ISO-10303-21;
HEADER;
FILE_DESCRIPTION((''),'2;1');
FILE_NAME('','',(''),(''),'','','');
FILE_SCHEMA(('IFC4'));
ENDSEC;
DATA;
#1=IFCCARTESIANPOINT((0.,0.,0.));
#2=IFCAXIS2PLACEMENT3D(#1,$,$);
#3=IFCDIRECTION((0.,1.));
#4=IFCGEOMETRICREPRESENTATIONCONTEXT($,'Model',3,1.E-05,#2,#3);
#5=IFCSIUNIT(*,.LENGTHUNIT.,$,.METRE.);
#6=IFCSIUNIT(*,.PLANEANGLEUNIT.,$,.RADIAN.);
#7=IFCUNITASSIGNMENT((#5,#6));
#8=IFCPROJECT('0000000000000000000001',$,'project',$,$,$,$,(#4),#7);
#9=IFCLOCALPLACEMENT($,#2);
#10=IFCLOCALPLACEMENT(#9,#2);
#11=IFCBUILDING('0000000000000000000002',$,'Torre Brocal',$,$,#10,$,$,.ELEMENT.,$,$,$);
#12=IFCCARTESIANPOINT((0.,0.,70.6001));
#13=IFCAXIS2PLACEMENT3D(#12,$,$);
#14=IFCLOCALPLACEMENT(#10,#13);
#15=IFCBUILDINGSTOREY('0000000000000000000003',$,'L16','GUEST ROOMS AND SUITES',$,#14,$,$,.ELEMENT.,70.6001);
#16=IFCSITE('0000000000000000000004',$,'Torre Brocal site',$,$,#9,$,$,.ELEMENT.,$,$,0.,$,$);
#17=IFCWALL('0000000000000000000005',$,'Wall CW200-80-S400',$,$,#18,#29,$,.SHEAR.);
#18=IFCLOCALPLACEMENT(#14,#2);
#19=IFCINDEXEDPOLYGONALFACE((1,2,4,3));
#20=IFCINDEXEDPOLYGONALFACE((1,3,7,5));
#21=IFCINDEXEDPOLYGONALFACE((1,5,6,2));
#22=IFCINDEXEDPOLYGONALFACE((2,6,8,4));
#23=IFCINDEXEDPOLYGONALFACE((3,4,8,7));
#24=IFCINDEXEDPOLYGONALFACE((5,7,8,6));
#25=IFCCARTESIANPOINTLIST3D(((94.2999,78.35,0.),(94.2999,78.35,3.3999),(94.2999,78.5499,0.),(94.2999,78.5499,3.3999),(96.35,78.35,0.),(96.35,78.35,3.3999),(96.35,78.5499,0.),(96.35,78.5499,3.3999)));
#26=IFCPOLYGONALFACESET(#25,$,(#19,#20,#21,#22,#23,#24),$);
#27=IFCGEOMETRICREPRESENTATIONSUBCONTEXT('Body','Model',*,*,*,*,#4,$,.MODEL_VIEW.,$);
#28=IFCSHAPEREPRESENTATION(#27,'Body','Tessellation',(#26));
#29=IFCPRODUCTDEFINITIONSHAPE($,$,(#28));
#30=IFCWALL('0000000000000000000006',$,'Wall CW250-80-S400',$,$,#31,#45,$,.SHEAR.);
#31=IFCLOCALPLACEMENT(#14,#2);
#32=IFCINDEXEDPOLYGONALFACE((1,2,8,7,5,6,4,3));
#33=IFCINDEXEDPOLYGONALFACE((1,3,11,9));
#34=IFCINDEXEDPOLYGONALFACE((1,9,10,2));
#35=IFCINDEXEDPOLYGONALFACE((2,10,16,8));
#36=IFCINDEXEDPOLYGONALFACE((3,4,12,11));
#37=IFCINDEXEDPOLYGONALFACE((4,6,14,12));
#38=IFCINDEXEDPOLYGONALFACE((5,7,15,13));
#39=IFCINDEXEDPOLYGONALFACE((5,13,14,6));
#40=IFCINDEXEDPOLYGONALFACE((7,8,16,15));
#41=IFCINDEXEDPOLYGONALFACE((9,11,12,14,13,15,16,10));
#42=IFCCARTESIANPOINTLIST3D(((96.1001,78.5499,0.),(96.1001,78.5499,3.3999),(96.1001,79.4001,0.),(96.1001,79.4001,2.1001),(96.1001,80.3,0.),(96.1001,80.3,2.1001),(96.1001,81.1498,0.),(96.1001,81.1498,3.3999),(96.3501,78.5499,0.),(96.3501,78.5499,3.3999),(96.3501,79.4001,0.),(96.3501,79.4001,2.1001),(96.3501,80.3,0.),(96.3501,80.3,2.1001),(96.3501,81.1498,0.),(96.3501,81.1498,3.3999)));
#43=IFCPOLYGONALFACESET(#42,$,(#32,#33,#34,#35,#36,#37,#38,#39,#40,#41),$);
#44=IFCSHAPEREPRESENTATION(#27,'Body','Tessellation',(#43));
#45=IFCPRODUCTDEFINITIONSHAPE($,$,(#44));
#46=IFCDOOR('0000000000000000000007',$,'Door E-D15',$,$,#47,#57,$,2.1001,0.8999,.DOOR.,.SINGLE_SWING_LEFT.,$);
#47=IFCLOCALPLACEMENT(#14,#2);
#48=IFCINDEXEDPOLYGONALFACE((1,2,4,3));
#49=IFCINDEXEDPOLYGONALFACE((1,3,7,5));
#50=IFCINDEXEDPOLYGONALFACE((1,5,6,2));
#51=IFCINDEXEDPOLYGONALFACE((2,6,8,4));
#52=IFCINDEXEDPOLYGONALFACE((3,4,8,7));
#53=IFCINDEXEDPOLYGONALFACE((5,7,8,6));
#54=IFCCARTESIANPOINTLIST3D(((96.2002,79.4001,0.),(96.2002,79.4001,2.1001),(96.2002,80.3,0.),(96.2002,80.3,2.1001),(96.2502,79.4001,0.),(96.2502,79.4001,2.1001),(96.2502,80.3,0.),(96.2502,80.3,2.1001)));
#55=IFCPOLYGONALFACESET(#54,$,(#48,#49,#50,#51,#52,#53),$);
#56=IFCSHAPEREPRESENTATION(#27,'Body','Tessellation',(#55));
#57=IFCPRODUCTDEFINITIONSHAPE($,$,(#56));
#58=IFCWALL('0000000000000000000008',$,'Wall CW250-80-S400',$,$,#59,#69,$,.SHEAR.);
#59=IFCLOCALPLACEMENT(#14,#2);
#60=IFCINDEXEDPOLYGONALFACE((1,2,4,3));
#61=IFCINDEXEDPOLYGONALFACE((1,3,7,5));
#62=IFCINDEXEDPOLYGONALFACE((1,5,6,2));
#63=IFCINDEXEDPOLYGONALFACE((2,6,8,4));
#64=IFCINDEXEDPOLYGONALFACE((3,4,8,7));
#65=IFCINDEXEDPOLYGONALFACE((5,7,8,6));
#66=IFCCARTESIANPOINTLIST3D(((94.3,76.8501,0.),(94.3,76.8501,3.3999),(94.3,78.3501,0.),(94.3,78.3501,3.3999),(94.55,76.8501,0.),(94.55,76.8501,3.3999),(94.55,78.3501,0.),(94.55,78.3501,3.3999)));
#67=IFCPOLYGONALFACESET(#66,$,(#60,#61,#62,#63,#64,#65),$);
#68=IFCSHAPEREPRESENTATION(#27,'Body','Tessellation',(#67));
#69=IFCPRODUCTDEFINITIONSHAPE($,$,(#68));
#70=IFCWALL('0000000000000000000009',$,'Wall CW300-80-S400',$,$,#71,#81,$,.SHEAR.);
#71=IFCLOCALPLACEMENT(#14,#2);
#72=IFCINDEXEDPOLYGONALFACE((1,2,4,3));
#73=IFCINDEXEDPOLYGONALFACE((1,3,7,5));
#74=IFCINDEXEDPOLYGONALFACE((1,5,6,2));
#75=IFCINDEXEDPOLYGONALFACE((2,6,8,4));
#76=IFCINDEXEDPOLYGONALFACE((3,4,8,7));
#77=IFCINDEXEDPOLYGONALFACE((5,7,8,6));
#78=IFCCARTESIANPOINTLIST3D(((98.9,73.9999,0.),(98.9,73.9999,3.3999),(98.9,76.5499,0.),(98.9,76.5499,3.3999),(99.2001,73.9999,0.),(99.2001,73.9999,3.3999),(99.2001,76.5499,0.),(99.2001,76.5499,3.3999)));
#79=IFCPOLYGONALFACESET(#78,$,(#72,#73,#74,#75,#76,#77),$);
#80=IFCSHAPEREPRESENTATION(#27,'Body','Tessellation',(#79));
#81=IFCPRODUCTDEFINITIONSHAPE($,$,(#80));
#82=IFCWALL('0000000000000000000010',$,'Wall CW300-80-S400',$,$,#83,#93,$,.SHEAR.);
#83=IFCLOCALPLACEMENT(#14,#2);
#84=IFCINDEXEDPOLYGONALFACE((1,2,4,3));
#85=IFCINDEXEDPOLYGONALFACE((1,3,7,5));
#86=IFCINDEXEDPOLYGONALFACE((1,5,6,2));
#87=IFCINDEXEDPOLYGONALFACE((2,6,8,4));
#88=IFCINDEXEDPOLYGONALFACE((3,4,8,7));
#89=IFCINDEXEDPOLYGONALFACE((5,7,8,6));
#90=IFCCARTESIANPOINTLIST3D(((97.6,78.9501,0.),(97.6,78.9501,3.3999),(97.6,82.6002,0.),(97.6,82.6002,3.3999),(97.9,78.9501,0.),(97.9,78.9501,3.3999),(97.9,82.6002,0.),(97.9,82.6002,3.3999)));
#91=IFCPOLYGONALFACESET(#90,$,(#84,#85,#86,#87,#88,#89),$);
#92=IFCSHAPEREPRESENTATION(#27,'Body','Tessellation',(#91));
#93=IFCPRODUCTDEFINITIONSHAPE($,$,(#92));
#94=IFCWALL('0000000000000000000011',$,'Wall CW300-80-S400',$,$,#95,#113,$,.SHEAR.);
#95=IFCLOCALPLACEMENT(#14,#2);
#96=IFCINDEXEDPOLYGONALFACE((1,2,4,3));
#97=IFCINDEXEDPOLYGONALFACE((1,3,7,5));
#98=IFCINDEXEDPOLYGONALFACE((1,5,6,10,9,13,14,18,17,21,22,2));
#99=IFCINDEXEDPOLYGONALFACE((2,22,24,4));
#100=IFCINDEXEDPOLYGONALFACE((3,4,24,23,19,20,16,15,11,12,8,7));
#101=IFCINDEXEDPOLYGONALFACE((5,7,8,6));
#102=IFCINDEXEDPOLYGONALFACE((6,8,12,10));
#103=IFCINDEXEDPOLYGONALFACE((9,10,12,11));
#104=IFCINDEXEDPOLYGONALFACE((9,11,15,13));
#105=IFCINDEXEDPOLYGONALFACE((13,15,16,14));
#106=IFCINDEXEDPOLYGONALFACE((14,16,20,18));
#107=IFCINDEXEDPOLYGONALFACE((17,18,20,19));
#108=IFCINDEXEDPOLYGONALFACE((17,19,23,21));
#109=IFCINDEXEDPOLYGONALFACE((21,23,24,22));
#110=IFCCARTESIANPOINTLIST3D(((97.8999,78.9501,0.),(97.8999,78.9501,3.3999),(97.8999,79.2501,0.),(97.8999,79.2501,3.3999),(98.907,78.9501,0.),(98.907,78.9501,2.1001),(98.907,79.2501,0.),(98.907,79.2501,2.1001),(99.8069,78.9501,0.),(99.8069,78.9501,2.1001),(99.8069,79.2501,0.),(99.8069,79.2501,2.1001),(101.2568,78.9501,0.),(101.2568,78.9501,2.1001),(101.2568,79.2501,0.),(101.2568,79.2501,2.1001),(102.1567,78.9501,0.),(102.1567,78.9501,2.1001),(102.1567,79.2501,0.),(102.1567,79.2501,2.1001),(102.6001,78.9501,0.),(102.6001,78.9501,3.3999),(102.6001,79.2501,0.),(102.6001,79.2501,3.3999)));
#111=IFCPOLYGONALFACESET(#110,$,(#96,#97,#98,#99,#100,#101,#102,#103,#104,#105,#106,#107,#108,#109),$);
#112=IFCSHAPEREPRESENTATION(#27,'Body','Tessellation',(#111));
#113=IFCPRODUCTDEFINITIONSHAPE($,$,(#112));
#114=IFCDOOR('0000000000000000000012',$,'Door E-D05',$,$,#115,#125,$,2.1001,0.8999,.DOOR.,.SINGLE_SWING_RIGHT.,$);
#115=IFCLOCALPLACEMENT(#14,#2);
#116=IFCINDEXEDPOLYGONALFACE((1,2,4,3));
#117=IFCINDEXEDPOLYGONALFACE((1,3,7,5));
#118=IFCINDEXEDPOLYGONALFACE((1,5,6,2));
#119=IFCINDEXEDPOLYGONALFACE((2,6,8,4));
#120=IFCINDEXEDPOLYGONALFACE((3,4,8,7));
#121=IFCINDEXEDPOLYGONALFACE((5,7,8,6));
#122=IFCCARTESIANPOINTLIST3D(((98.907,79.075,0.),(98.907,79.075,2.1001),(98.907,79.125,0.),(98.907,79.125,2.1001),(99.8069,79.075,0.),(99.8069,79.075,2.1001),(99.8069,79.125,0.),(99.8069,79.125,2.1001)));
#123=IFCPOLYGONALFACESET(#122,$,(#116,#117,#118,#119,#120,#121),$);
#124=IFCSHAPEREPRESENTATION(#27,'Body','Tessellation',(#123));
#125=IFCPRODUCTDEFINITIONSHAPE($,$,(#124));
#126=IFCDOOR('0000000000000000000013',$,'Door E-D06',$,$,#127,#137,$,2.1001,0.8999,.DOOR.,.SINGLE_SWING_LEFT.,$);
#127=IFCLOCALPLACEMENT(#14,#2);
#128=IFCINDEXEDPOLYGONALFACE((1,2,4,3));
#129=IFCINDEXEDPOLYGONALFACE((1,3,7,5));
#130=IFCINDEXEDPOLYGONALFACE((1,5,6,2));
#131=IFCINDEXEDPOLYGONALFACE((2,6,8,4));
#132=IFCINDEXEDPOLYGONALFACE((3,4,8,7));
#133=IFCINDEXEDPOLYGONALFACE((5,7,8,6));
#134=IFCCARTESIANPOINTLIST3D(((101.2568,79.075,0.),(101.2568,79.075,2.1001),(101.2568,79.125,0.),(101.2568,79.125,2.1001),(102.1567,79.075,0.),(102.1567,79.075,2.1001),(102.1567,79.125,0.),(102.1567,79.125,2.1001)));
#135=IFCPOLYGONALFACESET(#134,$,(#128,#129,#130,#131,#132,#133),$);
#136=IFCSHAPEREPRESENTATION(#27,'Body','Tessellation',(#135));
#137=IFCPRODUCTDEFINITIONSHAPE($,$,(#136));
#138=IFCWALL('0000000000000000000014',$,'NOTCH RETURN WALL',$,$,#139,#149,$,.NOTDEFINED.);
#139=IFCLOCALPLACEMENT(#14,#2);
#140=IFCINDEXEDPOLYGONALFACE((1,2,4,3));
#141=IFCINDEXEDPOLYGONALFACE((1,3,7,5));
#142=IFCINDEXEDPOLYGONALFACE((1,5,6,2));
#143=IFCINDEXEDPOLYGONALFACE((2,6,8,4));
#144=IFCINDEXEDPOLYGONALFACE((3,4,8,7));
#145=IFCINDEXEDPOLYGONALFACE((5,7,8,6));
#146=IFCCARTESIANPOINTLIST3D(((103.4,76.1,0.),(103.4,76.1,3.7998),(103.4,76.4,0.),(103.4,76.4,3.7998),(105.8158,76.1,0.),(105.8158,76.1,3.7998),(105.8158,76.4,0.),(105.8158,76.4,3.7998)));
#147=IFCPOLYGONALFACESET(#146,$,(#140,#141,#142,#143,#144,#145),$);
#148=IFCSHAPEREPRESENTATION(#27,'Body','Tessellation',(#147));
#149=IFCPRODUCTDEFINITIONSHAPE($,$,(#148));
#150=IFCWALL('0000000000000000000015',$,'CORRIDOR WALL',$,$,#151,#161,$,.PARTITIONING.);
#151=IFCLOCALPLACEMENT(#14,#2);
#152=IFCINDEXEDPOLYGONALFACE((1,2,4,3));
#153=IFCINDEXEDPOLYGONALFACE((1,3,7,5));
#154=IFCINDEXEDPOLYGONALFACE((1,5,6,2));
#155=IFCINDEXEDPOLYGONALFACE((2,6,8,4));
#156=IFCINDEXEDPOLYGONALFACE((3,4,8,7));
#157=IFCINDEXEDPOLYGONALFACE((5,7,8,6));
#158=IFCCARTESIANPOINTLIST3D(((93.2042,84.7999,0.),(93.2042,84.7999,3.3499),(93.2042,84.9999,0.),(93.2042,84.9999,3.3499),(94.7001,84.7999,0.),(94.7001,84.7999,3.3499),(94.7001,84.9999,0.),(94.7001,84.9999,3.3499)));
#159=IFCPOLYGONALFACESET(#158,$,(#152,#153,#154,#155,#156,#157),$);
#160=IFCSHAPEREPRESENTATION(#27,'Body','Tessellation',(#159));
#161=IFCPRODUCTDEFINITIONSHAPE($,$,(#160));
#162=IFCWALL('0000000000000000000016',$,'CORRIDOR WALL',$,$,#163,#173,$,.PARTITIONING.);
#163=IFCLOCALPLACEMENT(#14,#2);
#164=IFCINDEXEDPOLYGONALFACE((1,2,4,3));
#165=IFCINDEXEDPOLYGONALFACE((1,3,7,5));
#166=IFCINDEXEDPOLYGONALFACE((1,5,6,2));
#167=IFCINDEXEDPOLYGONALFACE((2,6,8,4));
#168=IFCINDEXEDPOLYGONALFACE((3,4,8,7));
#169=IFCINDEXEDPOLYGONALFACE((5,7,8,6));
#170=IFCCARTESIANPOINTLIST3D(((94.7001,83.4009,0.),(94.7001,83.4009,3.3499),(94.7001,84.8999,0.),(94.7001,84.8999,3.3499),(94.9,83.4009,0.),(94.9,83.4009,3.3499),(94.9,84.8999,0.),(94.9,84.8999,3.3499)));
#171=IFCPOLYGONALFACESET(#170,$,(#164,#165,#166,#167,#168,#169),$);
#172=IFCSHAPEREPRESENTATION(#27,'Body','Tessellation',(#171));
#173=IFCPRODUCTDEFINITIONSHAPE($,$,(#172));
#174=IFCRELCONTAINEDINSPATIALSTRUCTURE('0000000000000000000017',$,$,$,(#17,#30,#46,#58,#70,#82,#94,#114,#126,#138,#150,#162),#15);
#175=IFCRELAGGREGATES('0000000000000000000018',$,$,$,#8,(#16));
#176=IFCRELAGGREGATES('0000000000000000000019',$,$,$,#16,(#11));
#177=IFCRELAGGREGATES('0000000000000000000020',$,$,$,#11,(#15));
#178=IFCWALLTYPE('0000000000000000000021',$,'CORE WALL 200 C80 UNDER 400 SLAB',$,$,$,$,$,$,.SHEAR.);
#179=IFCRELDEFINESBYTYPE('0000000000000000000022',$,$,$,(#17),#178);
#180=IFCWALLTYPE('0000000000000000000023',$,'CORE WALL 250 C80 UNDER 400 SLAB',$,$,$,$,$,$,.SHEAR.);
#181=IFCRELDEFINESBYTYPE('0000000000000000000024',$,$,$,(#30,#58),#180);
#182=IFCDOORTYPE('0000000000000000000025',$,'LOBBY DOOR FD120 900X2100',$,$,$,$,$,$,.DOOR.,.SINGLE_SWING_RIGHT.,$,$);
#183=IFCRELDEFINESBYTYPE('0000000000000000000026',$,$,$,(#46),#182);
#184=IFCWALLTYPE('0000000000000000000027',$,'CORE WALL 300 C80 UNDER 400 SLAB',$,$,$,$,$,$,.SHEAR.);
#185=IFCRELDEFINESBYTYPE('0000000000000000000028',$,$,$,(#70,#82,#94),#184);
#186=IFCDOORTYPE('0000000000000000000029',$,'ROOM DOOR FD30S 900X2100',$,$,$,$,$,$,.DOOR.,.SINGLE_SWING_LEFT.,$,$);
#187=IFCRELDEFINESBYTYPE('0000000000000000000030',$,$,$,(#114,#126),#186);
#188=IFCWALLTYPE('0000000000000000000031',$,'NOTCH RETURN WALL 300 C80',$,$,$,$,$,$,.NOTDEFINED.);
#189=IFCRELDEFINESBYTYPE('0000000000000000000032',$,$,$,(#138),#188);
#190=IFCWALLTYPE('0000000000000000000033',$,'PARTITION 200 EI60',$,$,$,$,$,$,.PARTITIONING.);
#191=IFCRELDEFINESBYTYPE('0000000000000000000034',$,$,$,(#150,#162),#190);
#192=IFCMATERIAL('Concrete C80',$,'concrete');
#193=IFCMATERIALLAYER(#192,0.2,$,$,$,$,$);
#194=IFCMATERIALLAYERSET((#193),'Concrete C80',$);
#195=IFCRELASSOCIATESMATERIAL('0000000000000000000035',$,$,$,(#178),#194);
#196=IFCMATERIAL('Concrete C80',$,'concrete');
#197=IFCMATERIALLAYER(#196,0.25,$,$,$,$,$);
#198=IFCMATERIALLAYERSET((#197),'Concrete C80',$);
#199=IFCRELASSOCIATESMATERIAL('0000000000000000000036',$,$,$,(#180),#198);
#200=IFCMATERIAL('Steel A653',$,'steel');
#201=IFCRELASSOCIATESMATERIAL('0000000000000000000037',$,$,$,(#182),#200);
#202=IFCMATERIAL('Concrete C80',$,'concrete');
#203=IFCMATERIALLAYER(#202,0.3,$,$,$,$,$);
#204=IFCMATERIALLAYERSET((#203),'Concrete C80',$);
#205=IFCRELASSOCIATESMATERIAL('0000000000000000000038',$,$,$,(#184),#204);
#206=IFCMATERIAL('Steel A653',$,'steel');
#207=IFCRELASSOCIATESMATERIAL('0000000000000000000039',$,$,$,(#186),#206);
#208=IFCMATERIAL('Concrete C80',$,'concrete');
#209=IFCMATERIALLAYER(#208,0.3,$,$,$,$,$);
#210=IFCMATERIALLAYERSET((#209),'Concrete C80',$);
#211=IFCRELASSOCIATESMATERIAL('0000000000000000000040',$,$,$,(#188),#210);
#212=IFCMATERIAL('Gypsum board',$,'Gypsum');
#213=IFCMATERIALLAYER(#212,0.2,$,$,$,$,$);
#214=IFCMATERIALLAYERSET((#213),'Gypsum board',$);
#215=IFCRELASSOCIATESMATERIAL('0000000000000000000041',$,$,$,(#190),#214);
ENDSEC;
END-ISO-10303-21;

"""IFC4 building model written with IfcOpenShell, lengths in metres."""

from ifc_helpers import new_model, si_unit, direction, frame, frame_2d, origin, place, context, subcontext, project, spatial, rectangle, extrude, material, layer, layer_set, type_object, element, fill, save


model = new_model("IFC4")

# Units and contexts
model_context = context("Model", 3, precision=1e-05, world=origin(), true_north=direction((0.0, 1.0)))
body_context = subcontext(model_context, "Body", "Model", "MODEL_VIEW")
ifc_project = project(units=[si_unit("LENGTHUNIT", "METRE"), si_unit("PLANEANGLEUNIT", "RADIAN")], contexts=[model_context])

# Site, building, storey
site_placement = place(None, origin())
site = spatial("IfcSite", under=ifc_project, at=site_placement, Name="Torre Brocal site", CompositionType="ELEMENT", RefElevation=0.0)
building_placement = place(site_placement, origin())
building = spatial("IfcBuilding", under=site, at=building_placement, Name="Torre Brocal", CompositionType="ELEMENT")
storey_placement = place(building_placement, frame((0.0, 0.0, 70.6001)))
storey = spatial("IfcBuildingStorey", under=building, at=storey_placement, Name="L16", Description="GUEST ROOMS AND SUITES", CompositionType="ELEMENT", Elevation=70.6001)

# Wall
ifc_material_1 = material(Name="Concrete C80", Category="concrete")
ifc_layer_1 = layer(ifc_material_1, 0.2)
ifc_layer_set_1 = layer_set([ifc_layer_1], Name="Concrete C80")
wall_type_1 = type_object("IfcWallType", Name="CORE WALL 200 C80 UNDER 400 SLAB", PredefinedType="SHEAR", material=ifc_layer_set_1)
wall_1_placement = place(storey_placement, frame((94.3, 78.45, 0.0), z_axis=(0.0, 0.0, 1.0), x_axis=(1.0, 0.0, 0.0)))
element("IfcWall", 1, at=wall_1_placement, inside=storey, type_object=wall_type_1, Name="Wall CW200-80-S400", PredefinedType="SHEAR", context=body_context, shape_type="SweptSolid", body=[
    extrude(rectangle(XDim=2.05, YDim=0.2, at=frame_2d((1.0249, 0.0))), origin(), (0.0, 0.0, 1.0), 3.3999),
])

# Wall, opening, door
ifc_material_2 = material(Name="Concrete C80", Category="concrete")
ifc_layer_2 = layer(ifc_material_2, 0.25)
ifc_layer_set_2 = layer_set([ifc_layer_2], Name="Concrete C80")
wall_type_2 = type_object("IfcWallType", Name="CORE WALL 250 C80 UNDER 400 SLAB", PredefinedType="SHEAR", material=ifc_layer_set_2)
wall_2_placement = place(storey_placement, frame((96.2251, 78.55, 0.0), z_axis=(0.0, 0.0, 1.0), x_axis=(0.0, 1.0, 0.0)))
wall_2 = element("IfcWall", 2, at=wall_2_placement, inside=storey, type_object=wall_type_2, Name="Wall CW250-80-S400", PredefinedType="SHEAR", context=body_context, shape_type="SweptSolid", body=[
    extrude(rectangle(XDim=2.5999, YDim=0.25, at=frame_2d((1.2998, 0.0))), origin(), (0.0, 0.0, 1.0), 3.3999),
])
opening_1_placement = place(wall_2_placement, frame((0.8501, 0.0, 0.0)))
opening_1 = element("IfcOpeningElement", 3, at=opening_1_placement, cuts=wall_2, PredefinedType="OPENING", context=body_context, shape_type="SweptSolid", body=[
    extrude(rectangle(XDim=0.8999, YDim=2.1001, at=frame_2d((0.45, 1.05))), frame((0.0, 0.135, 0.0), z_axis=(0.0, -1.0, 0.0), x_axis=(1.0, 0.0, 0.0)), (0.0, 0.0, 1.0), 0.27),
])
ifc_material_3 = material(Name="Steel A653", Category="steel")
door_type_1 = type_object("IfcDoorType", Name="LOBBY DOOR FD120 900X2100", OperationType="SINGLE_SWING_RIGHT", PredefinedType="DOOR", material=ifc_material_3)
door_1_placement = place(opening_1_placement, origin())
door_1 = element("IfcDoor", 4, at=door_1_placement, inside=storey, type_object=door_type_1, Name="Door E-D15", OperationType="SINGLE_SWING_LEFT", OverallHeight=2.1001, OverallWidth=0.8999, PredefinedType="DOOR", context=body_context, shape_type="SweptSolid", body=[
    extrude(rectangle(XDim=0.8999, YDim=2.1001, at=frame_2d((0.45, 1.05))), frame((0.0, 0.0249, 0.0), z_axis=(0.0, -1.0, 0.0), x_axis=(1.0, 0.0, 0.0)), (0.0, 0.0, 1.0), 0.05),
])
fill(opening_1, door_1)

# Walls
wall_3_placement = place(storey_placement, frame((94.425, 76.8501, 0.0), z_axis=(0.0, 0.0, 1.0), x_axis=(0.0, 1.0, 0.0)))
element("IfcWall", 5, at=wall_3_placement, inside=storey, type_object=wall_type_2, Name="Wall CW250-80-S400", PredefinedType="SHEAR", context=body_context, shape_type="SweptSolid", body=[
    extrude(rectangle(XDim=1.5, YDim=0.25, at=frame_2d((0.75, 0.0))), origin(), (0.0, 0.0, 1.0), 3.3999),
])
ifc_material_4 = material(Name="Concrete C80", Category="concrete")
ifc_layer_3 = layer(ifc_material_4, 0.3)
ifc_layer_set_3 = layer_set([ifc_layer_3], Name="Concrete C80")
wall_type_3 = type_object("IfcWallType", Name="CORE WALL 300 C80 UNDER 400 SLAB", PredefinedType="SHEAR", material=ifc_layer_set_3)
wall_4_placement = place(storey_placement, frame((99.05, 74.0, 0.0), z_axis=(0.0, 0.0, 1.0), x_axis=(0.0, 1.0, 0.0)))
element("IfcWall", 6, at=wall_4_placement, inside=storey, type_object=wall_type_3, Name="Wall CW300-80-S400", PredefinedType="SHEAR", context=body_context, shape_type="SweptSolid", body=[
    extrude(rectangle(XDim=2.55, YDim=0.3, at=frame_2d((1.2749, 0.0))), origin(), (0.0, 0.0, 1.0), 3.3999),
])
wall_5_placement = place(storey_placement, frame((97.75, 78.95, 0.0), z_axis=(0.0, 0.0, 1.0), x_axis=(0.0, 1.0, 0.0)))
element("IfcWall", 7, at=wall_5_placement, inside=storey, type_object=wall_type_3, Name="Wall CW300-80-S400", PredefinedType="SHEAR", context=body_context, shape_type="SweptSolid", body=[
    extrude(rectangle(XDim=3.6501, YDim=0.3, at=frame_2d((1.8252, 0.0))), origin(), (0.0, 0.0, 1.0), 3.3999),
])

# Wall, openings, doors
wall_6_placement = place(storey_placement, frame((97.8999, 79.1001, 0.0), z_axis=(0.0, 0.0, 1.0), x_axis=(1.0, 0.0, 0.0)))
wall_6 = element("IfcWall", 8, at=wall_6_placement, inside=storey, type_object=wall_type_3, Name="Wall CW300-80-S400", PredefinedType="SHEAR", context=body_context, shape_type="SweptSolid", body=[
    extrude(rectangle(XDim=4.7002, YDim=0.3, at=frame_2d((2.3501, 0.0))), origin(), (0.0, 0.0, 1.0), 3.3999),
])
opening_2_placement = place(wall_6_placement, frame((1.0071, 0.0, 0.0)))
opening_2 = element("IfcOpeningElement", 9, at=opening_2_placement, cuts=wall_6, PredefinedType="OPENING", context=body_context, shape_type="SweptSolid", body=[
    extrude(rectangle(XDim=0.8999, YDim=2.1001, at=frame_2d((0.45, 1.05))), frame((0.0, 0.1599, 0.0), z_axis=(0.0, -1.0, 0.0), x_axis=(1.0, 0.0, 0.0)), (0.0, 0.0, 1.0), 0.3201),
])
opening_3_placement = place(wall_6_placement, frame((3.3569, 0.0, 0.0)))
opening_3 = element("IfcOpeningElement", 10, at=opening_3_placement, cuts=wall_6, PredefinedType="OPENING", context=body_context, shape_type="SweptSolid", body=[
    extrude(rectangle(XDim=0.8999, YDim=2.1001, at=frame_2d((0.45, 1.05))), frame((0.0, 0.1599, 0.0), z_axis=(0.0, -1.0, 0.0), x_axis=(1.0, 0.0, 0.0)), (0.0, 0.0, 1.0), 0.3201),
])
ifc_material_5 = material(Name="Steel A653", Category="steel")
door_type_2 = type_object("IfcDoorType", Name="ROOM DOOR FD30S 900X2100", OperationType="SINGLE_SWING_LEFT", PredefinedType="DOOR", material=ifc_material_5)
door_2_placement = place(opening_2_placement, origin())
door_2 = element("IfcDoor", 11, at=door_2_placement, inside=storey, type_object=door_type_2, Name="Door E-D05", OperationType="SINGLE_SWING_RIGHT", OverallHeight=2.1001, OverallWidth=0.8999, PredefinedType="DOOR", context=body_context, shape_type="SweptSolid", body=[
    extrude(rectangle(XDim=0.8999, YDim=2.1001, at=frame_2d((0.45, 1.05))), frame((0.0, 0.0249, 0.0), z_axis=(0.0, -1.0, 0.0), x_axis=(1.0, 0.0, 0.0)), (0.0, 0.0, 1.0), 0.05),
])
fill(opening_2, door_2)
door_3_placement = place(opening_3_placement, origin())
door_3 = element("IfcDoor", 12, at=door_3_placement, inside=storey, type_object=door_type_2, Name="Door E-D06", OperationType="SINGLE_SWING_LEFT", OverallHeight=2.1001, OverallWidth=0.8999, PredefinedType="DOOR", context=body_context, shape_type="SweptSolid", body=[
    extrude(rectangle(XDim=0.8999, YDim=2.1001, at=frame_2d((0.45, 1.05))), frame((0.0, 0.0249, 0.0), z_axis=(0.0, -1.0, 0.0), x_axis=(1.0, 0.0, 0.0)), (0.0, 0.0, 1.0), 0.05),
])
fill(opening_3, door_3)

# Walls
ifc_material_6 = material(Name="Concrete C80", Category="concrete")
ifc_layer_4 = layer(ifc_material_6, 0.3)
ifc_layer_set_4 = layer_set([ifc_layer_4], Name="Concrete C80")
wall_type_4 = type_object("IfcWallType", Name="NOTCH RETURN WALL 300 C80", PredefinedType="NOTDEFINED", material=ifc_layer_set_4)
wall_7_placement = place(storey_placement, frame((103.3999, 76.25, 0.0), z_axis=(0.0, 0.0, 1.0), x_axis=(1.0, 0.0, 0.0)))
element("IfcWall", 13, at=wall_7_placement, inside=storey, type_object=wall_type_4, Name="NOTCH RETURN WALL", PredefinedType="NOTDEFINED", context=body_context, shape_type="SweptSolid", body=[
    extrude(rectangle(XDim=2.4158, YDim=0.3, at=frame_2d((1.208, 0.0))), origin(), (0.0, 0.0, 1.0), 3.7998),
])
ifc_material_7 = material(Name="Gypsum board", Category="Gypsum")
ifc_layer_5 = layer(ifc_material_7, 0.2)
ifc_layer_set_5 = layer_set([ifc_layer_5], Name="Gypsum board")
wall_type_5 = type_object("IfcWallType", Name="PARTITION 200 EI60", PredefinedType="PARTITIONING", material=ifc_layer_set_5)
wall_8_placement = place(storey_placement, frame((93.2041, 84.8999, 0.0), z_axis=(0.0, 0.0, 1.0), x_axis=(1.0, 0.0, 0.0)))
element("IfcWall", 14, at=wall_8_placement, inside=storey, type_object=wall_type_5, Name="CORRIDOR WALL", PredefinedType="PARTITIONING", context=body_context, shape_type="SweptSolid", body=[
    extrude(rectangle(XDim=1.4958, YDim=0.2, at=frame_2d((0.748, 0.0))), origin(), (0.0, 0.0, 1.0), 3.3499),
])
wall_9_placement = place(storey_placement, frame((94.8, 83.4009, 0.0), z_axis=(0.0, 0.0, 1.0), x_axis=(0.0, 1.0, 0.0)))
element("IfcWall", 15, at=wall_9_placement, inside=storey, type_object=wall_type_5, Name="CORRIDOR WALL", PredefinedType="PARTITIONING", context=body_context, shape_type="SweptSolid", body=[
    extrude(rectangle(XDim=1.499, YDim=0.2, at=frame_2d((0.7495, 0.0))), origin(), (0.0, 0.0, 1.0), 3.3499),
])

save(model, "model.ifc")
